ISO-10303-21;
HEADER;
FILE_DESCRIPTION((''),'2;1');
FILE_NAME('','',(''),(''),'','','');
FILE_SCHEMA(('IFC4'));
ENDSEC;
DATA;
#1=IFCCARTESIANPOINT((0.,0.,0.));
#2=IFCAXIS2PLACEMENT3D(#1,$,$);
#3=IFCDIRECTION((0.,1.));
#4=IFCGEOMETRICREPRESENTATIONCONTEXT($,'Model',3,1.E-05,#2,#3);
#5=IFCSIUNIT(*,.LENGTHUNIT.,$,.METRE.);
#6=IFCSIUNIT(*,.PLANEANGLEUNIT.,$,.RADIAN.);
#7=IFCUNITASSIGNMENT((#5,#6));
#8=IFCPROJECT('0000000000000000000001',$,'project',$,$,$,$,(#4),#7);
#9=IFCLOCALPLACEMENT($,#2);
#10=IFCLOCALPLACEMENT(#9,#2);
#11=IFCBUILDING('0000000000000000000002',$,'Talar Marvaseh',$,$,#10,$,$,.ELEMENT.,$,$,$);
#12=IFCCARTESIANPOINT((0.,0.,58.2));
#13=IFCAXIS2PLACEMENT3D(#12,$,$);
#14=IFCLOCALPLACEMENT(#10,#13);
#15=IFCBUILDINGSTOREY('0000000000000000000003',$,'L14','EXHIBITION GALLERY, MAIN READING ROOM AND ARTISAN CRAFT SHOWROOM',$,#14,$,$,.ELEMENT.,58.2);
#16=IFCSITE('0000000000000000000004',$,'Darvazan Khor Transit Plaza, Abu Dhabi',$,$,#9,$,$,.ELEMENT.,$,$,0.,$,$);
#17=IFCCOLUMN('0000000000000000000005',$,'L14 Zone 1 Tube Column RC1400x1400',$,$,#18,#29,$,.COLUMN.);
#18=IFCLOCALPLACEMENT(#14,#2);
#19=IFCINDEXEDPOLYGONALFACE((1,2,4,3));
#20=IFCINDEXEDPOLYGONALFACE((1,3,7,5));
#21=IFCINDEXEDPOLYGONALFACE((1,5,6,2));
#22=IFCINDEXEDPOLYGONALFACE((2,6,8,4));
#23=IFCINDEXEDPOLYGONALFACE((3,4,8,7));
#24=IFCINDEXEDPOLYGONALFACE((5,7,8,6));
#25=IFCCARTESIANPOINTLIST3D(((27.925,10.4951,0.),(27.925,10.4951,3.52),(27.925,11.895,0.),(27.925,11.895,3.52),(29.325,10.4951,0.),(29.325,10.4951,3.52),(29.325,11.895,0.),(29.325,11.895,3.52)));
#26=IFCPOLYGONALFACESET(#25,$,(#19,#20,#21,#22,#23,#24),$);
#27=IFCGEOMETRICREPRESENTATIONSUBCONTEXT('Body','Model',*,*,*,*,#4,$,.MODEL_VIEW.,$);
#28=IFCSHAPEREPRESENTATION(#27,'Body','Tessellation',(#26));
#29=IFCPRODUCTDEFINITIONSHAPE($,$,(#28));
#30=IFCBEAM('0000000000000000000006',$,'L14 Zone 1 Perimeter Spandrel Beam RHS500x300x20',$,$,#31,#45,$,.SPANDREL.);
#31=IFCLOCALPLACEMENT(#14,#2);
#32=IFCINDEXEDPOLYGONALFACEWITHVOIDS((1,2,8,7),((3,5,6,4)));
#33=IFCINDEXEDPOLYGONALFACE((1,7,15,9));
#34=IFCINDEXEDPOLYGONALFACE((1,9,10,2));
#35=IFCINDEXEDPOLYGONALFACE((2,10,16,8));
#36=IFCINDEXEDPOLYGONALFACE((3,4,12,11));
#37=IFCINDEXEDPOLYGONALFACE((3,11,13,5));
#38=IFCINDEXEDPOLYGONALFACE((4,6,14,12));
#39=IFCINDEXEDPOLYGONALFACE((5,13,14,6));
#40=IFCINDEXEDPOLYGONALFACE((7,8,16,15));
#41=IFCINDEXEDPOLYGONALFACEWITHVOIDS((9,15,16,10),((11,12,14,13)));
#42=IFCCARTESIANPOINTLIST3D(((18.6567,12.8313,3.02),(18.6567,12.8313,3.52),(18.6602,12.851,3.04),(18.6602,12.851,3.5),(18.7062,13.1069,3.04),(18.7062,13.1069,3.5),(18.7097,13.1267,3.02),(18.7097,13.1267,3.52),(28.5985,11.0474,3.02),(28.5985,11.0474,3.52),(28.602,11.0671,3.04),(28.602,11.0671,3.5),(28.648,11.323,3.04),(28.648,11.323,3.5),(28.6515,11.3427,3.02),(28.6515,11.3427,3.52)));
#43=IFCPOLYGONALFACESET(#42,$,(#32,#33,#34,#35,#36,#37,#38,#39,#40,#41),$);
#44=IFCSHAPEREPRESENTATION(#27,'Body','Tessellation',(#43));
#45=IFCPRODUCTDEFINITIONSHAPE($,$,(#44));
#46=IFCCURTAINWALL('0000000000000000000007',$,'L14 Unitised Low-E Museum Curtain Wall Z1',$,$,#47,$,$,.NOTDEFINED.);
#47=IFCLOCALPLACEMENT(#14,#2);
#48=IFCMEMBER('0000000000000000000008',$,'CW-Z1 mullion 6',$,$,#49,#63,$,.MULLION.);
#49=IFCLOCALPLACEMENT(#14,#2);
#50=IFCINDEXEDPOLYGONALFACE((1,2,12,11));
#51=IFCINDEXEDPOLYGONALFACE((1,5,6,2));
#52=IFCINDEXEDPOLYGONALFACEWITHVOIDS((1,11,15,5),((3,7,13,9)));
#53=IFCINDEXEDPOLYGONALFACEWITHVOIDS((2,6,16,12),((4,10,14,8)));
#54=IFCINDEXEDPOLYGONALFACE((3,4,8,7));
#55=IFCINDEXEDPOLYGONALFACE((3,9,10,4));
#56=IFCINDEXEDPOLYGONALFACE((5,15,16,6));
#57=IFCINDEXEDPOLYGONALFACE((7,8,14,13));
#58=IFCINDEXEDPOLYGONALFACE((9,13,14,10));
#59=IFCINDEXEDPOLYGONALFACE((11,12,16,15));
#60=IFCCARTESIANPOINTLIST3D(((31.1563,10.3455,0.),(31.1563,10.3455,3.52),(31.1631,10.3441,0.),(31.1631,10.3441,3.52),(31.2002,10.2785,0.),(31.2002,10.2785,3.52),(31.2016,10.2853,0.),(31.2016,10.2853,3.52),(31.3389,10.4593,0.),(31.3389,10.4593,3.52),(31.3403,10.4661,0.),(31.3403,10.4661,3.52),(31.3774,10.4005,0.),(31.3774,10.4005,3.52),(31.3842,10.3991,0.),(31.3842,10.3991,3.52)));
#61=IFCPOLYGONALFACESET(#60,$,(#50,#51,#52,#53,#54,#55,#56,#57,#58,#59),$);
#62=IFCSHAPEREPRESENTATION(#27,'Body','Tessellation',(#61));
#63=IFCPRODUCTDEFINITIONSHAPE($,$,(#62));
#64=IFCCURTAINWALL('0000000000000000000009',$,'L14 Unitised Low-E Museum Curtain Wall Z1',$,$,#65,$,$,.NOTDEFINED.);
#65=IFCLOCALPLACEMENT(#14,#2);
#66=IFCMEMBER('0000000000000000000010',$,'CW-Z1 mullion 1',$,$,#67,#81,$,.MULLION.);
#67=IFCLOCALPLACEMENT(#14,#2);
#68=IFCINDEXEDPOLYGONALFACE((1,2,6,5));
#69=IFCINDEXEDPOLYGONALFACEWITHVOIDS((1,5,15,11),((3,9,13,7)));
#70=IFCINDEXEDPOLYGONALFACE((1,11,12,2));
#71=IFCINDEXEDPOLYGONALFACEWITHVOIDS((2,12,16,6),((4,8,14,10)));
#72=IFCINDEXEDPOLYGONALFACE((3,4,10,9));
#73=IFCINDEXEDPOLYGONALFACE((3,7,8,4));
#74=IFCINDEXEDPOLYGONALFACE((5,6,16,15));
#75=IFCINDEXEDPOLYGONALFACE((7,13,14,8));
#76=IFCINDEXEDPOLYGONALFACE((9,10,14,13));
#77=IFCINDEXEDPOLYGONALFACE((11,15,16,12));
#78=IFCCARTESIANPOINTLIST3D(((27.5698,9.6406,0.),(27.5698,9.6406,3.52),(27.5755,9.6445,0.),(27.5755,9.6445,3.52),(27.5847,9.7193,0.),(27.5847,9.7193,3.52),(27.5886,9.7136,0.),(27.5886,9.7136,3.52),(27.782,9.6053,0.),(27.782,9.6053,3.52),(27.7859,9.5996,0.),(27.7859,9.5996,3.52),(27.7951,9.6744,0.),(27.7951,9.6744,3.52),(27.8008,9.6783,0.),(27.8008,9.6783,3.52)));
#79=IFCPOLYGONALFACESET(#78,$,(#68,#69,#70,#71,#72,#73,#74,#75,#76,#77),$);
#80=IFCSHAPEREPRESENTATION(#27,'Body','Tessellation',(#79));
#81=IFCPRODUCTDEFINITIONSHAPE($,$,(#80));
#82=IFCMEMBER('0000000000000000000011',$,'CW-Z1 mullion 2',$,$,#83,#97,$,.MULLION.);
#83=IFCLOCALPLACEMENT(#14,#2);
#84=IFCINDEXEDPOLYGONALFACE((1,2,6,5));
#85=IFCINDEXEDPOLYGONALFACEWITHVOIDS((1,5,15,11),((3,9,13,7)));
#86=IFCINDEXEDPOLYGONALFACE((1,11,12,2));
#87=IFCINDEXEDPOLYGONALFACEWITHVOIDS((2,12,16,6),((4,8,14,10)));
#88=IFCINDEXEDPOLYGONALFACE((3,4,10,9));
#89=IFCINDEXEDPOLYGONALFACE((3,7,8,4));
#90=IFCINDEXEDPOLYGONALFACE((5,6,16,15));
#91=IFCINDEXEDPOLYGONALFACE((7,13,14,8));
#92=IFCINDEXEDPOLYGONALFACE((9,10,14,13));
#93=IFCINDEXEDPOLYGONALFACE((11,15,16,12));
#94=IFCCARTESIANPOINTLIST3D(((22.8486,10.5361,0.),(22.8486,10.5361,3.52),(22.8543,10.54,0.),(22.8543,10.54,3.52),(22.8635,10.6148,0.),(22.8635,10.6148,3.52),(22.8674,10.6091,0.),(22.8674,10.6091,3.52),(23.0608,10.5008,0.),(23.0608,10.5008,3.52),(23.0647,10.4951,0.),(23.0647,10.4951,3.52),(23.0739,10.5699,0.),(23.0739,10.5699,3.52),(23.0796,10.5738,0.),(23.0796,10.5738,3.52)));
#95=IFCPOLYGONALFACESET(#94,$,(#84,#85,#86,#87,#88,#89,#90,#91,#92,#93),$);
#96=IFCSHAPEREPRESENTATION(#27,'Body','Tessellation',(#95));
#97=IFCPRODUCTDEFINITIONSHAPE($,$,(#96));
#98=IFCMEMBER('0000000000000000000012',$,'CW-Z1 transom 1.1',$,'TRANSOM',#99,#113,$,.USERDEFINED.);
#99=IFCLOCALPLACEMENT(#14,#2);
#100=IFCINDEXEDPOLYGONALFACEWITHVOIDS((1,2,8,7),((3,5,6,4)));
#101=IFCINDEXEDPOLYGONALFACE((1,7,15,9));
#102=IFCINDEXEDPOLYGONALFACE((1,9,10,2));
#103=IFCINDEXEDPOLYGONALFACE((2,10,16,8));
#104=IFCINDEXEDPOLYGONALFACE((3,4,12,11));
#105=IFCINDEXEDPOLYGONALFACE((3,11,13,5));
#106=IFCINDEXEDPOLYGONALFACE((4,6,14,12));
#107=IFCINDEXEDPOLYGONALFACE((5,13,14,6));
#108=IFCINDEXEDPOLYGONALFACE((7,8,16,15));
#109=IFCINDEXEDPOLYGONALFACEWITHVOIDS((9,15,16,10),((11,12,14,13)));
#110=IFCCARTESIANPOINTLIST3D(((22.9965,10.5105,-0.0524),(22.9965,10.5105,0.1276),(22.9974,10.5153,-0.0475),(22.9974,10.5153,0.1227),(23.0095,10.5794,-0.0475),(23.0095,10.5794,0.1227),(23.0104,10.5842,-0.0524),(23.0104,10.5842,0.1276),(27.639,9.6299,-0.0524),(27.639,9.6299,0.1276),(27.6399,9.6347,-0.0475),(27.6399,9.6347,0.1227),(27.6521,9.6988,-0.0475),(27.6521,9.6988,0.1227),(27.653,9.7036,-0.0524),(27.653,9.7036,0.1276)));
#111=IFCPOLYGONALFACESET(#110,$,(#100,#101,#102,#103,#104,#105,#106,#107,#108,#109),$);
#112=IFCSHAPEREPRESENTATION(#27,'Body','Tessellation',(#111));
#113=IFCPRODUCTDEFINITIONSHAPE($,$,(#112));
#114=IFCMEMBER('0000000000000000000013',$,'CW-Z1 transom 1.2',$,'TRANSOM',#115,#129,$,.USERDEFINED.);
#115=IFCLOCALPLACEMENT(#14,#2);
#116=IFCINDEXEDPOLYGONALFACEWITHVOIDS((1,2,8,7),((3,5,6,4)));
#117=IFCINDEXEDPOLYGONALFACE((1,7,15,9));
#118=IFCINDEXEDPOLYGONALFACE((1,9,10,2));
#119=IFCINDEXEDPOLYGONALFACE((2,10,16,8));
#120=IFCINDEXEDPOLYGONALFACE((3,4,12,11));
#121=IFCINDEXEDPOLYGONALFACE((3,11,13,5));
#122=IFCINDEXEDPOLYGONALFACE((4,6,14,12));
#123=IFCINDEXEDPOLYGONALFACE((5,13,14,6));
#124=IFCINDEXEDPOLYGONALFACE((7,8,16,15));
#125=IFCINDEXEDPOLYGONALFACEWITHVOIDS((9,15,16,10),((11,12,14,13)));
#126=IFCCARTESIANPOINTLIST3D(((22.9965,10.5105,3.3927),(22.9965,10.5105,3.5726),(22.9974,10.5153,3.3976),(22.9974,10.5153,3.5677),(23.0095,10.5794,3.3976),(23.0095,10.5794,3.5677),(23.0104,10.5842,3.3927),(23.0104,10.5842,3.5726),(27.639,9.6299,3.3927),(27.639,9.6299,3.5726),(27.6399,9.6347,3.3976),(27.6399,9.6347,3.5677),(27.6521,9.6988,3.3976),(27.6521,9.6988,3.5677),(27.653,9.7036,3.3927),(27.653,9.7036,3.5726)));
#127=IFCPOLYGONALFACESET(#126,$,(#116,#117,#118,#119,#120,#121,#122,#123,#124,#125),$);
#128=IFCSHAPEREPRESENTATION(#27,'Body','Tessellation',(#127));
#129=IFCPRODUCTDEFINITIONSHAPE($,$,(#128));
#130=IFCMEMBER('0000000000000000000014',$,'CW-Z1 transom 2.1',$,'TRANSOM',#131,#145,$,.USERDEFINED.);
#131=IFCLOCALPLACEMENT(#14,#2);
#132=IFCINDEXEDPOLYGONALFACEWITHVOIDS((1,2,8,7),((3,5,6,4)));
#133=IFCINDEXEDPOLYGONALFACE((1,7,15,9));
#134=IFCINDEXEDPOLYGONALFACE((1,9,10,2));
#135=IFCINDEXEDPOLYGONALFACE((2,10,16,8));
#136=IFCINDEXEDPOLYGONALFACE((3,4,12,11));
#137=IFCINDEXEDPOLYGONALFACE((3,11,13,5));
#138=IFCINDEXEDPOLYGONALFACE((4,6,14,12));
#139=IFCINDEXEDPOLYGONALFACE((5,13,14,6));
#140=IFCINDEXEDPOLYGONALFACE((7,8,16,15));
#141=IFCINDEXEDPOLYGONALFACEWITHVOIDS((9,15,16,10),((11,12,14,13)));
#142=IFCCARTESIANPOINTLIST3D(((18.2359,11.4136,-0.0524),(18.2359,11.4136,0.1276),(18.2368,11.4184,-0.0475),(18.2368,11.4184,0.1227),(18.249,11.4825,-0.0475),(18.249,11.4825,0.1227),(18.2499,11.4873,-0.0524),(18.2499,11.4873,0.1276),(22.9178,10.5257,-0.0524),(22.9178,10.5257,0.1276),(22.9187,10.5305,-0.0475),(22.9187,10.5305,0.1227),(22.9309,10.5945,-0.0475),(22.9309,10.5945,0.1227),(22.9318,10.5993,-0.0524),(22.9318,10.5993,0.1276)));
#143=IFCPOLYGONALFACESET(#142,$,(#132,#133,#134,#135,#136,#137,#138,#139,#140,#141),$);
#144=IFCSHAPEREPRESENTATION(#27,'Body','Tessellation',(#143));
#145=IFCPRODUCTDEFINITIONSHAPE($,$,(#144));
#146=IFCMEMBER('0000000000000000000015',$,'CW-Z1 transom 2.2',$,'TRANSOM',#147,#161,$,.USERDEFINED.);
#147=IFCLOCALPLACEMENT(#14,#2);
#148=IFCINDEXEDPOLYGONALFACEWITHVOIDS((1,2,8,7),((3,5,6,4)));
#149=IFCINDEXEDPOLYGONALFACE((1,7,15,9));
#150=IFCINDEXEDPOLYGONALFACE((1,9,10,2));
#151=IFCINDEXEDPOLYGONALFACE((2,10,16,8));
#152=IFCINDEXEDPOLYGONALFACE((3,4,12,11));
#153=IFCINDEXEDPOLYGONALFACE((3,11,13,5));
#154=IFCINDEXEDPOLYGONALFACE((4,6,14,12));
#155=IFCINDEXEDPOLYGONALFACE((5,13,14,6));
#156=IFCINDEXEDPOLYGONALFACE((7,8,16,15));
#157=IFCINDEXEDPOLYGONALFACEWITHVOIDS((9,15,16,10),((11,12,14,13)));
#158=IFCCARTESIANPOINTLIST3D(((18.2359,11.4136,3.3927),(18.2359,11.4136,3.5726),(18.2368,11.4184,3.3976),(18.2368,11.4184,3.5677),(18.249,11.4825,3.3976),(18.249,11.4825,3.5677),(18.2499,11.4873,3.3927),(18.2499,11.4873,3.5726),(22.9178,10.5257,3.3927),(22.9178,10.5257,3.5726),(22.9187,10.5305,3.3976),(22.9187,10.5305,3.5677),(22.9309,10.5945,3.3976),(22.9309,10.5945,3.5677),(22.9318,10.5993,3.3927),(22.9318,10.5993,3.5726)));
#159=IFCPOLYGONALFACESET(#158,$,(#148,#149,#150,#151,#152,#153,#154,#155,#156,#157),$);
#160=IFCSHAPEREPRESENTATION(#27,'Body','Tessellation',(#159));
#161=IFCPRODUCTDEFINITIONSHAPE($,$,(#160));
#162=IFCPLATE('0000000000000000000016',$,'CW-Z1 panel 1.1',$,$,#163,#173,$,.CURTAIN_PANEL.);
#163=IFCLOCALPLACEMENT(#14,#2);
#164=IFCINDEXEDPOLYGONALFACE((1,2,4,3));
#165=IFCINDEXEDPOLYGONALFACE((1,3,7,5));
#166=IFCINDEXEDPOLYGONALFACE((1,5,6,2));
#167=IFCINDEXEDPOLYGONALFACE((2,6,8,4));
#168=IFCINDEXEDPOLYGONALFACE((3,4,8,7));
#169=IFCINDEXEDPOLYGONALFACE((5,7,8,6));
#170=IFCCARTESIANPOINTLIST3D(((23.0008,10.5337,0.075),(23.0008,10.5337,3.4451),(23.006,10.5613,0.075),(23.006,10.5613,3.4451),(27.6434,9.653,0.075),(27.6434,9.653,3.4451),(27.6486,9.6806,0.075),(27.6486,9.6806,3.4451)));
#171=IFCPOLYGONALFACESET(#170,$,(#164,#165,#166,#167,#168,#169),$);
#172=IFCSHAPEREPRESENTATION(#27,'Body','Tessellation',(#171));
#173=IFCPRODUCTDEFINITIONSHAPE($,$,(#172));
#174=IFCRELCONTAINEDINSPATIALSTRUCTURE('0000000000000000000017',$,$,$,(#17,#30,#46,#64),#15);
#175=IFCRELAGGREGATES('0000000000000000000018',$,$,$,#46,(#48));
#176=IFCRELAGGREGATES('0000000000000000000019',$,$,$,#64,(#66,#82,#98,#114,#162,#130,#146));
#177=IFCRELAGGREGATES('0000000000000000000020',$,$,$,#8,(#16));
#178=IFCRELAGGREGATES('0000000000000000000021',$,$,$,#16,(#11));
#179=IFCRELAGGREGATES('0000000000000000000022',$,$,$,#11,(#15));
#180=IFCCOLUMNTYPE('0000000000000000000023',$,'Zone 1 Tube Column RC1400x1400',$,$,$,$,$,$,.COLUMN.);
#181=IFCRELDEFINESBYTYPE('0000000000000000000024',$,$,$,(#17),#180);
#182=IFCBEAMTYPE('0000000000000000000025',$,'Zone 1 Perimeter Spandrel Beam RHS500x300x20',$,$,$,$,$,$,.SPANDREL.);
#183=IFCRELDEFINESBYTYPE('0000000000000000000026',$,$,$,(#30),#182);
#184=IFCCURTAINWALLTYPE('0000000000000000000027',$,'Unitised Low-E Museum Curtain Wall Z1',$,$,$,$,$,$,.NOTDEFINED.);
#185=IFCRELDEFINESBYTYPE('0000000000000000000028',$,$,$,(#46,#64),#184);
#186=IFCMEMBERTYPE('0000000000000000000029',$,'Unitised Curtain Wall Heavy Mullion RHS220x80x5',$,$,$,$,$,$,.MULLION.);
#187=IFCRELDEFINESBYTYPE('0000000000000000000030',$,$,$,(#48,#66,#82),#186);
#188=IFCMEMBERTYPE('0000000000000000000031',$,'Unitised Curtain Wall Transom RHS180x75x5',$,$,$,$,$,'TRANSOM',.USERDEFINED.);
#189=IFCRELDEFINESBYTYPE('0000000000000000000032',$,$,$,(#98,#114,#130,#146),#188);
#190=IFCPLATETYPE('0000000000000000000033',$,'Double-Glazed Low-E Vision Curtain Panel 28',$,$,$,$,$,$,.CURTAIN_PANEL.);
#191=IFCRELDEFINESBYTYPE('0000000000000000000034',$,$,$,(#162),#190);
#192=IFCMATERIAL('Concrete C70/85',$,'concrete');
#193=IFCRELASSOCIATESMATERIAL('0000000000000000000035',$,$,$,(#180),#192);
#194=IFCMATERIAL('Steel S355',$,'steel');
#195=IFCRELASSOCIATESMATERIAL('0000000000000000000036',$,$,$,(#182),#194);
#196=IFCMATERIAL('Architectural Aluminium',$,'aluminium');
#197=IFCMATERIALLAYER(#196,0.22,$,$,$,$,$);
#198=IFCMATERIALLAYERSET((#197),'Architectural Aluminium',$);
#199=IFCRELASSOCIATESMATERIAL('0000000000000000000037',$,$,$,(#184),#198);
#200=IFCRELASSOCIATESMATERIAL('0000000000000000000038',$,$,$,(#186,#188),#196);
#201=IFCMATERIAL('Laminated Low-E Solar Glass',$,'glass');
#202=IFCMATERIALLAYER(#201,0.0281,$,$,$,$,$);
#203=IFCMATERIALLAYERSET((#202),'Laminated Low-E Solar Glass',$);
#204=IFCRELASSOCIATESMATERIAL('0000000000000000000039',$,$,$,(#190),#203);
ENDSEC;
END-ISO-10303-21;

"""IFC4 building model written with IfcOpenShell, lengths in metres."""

from ifc_helpers import new_model, si_unit, direction, frame, origin, origin_2d, place, context, subcontext, project, spatial, rectangle, hollow_rectangle, extrude, source, transform, mapped, material, layer, layer_set, material_profile, profile_set, type_object, type_shapes, element, aggregate, save


model = new_model("IFC4")

# Units and contexts
model_context = context("Model", 3, precision=1e-05, world=origin(), true_north=direction((0.0, 1.0)))
body_context = subcontext(model_context, "Body", "Model", "MODEL_VIEW")
ifc_project = project(units=[si_unit("LENGTHUNIT", "METRE"), si_unit("PLANEANGLEUNIT", "RADIAN")], contexts=[model_context])

# Site, building, storey
site_placement = place(None, origin())
site = spatial("IfcSite", under=ifc_project, at=site_placement, Name="Darvazan Khor Transit Plaza, Abu Dhabi", CompositionType="ELEMENT", RefElevation=0.0)
building_placement = place(site_placement, origin())
building = spatial("IfcBuilding", under=site, at=building_placement, Name="Talar Marvaseh", CompositionType="ELEMENT")
storey_placement = place(building_placement, frame((0.0, 0.0, 58.2)))
storey = spatial("IfcBuildingStorey", under=building, at=storey_placement, Name="L14", Description="EXHIBITION GALLERY, MAIN READING ROOM AND ARTISAN CRAFT SHOWROOM", CompositionType="ELEMENT", Elevation=58.2)

# Column
ifc_material_1 = material(Name="Concrete C70/85", Category="concrete")
ifc_material_profile_1 = material_profile(ifc_material_1, rectangle(XDim=1.3999, YDim=1.3999, at=origin_2d()), Name="RC1400x1400")
ifc_profile_set_1 = profile_set([ifc_material_profile_1], Name="Concrete C70/85")
column_type = type_object("IfcColumnType", Name="Zone 1 Tube Column RC1400x1400", PredefinedType="COLUMN", material=ifc_profile_set_1)
column_placement = place(storey_placement, frame((28.625, 11.1951, 0.0), z_axis=(0.0, 0.0, 1.0), x_axis=(1.0, 0.0, 0.0)))
element("IfcColumn", 1, at=column_placement, inside=storey, type_object=column_type, Name="L14 Zone 1 Tube Column RC1400x1400", PredefinedType="COLUMN", context=body_context, shape_type="SweptSolid", body=[
    extrude(rectangle(XDim=1.3999, YDim=1.3999, at=origin_2d()), origin(), (0.0, 0.0, 1.0), 3.52),
])

# Beam
ifc_material_2 = material(Name="Steel S355", Category="steel")
ifc_material_profile_2 = material_profile(ifc_material_2, hollow_rectangle(XDim=0.3, YDim=0.5, WallThickness=0.02, at=origin_2d()), Name="RHS500x300x20")
ifc_profile_set_2 = profile_set([ifc_material_profile_2], Name="Steel S355")
beam_type = type_object("IfcBeamType", Name="Zone 1 Perimeter Spandrel Beam RHS500x300x20", PredefinedType="SPANDREL", material=ifc_profile_set_2)
beam_placement = place(storey_placement, frame((28.625, 11.1951, 3.27), z_axis=(-0.98428, 0.176615, 0.0), x_axis=(-0.176615, -0.98428, 0.0)))
element("IfcBeam", 2, at=beam_placement, inside=storey, type_object=beam_type, Name="L14 Zone 1 Perimeter Spandrel Beam RHS500x300x20", PredefinedType="SPANDREL", context=body_context, shape_type="SweptSolid", body=[
    extrude(hollow_rectangle(XDim=0.3, YDim=0.5, WallThickness=0.02, at=origin_2d()), origin(), (0.0, 0.0, 1.0), 10.1006),
])

# Curtain wall, member
ifc_material_3 = material(Name="Architectural Aluminium", Category="aluminium")
ifc_layer_1 = layer(ifc_material_3, 0.22)
ifc_layer_set_1 = layer_set([ifc_layer_1], Name="Architectural Aluminium")
curtain_wall_type = type_object("IfcCurtainWallType", Name="Unitised Low-E Museum Curtain Wall Z1", PredefinedType="NOTDEFINED", material=ifc_layer_set_1)
curtain_wall_1_placement = place(storey_placement, origin())
curtain_wall_1 = element("IfcCurtainWall", 3, at=curtain_wall_1_placement, inside=storey, type_object=curtain_wall_type, Name="L14 Unitised Low-E Museum Curtain Wall Z1", PredefinedType="NOTDEFINED")
ifc_material_profile_3 = material_profile(ifc_material_3, hollow_rectangle(XDim=0.0801, YDim=0.22, WallThickness=0.0049, at=origin_2d()), Name="RHS220x80x5")
ifc_profile_set_3 = profile_set([ifc_material_profile_3], Name="Architectural Aluminium")
member_type_1 = type_object("IfcMemberType", Name="Unitised Curtain Wall Heavy Mullion RHS220x80x5", PredefinedType="MULLION", material=ifc_profile_set_3)
shared_shape_1 = source(origin(), body_context, "Body", "SweptSolid", [
    extrude(hollow_rectangle(XDim=0.0801, YDim=0.22, WallThickness=0.0049, at=origin_2d()), origin(), (0.0, 0.0, 1.0), 3.52),
])
type_shapes(member_type_1, [shared_shape_1])
member_1_placement = place(storey_placement, frame((31.2703, 10.3723, 0.0), z_axis=(0.0, 0.0, 1.0), x_axis=(0.548164, -0.836371, 0.0)))
member_1 = element("IfcMember", 4, at=member_1_placement, type_object=member_type_1, Name="CW-Z1 mullion 6", PredefinedType="MULLION", context=body_context, shape_type="MappedRepresentation", body=[
    mapped(shared_shape_1, transform((0.0, 0.0, 0.0), x_axis=(1.0, 0.0, 0.0), y_axis=(0.0, 1.0, 0.0), z_axis=(0.0, 0.0, 1.0), scale=1.0)),
])
aggregate(curtain_wall_1, [member_1])

# Curtain wall, members, plate
curtain_wall_2_placement = place(storey_placement, origin())
curtain_wall_2 = element("IfcCurtainWall", 5, at=curtain_wall_2_placement, inside=storey, type_object=curtain_wall_type, Name="L14 Unitised Low-E Museum Curtain Wall Z1", PredefinedType="NOTDEFINED")
member_2_placement = place(storey_placement, frame((27.6853, 9.6594, 0.0), z_axis=(0.0, 0.0, 1.0), x_axis=(-0.186373, -0.982479, 0.0)))
member_2 = element("IfcMember", 6, at=member_2_placement, type_object=member_type_1, Name="CW-Z1 mullion 1", PredefinedType="MULLION", context=body_context, shape_type="MappedRepresentation", body=[
    mapped(shared_shape_1, transform((0.0, 0.0, 0.0), x_axis=(1.0, 0.0, 0.0), y_axis=(0.0, 1.0, 0.0), z_axis=(0.0, 0.0, 1.0), scale=1.0)),
])
member_3_placement = place(storey_placement, frame((22.9641, 10.5549, 0.0), z_axis=(0.0, 0.0, 1.0), x_axis=(-0.186373, -0.982479, 0.0)))
member_3 = element("IfcMember", 7, at=member_3_placement, type_object=member_type_1, Name="CW-Z1 mullion 2", PredefinedType="MULLION", context=body_context, shape_type="MappedRepresentation", body=[
    mapped(shared_shape_1, transform((0.0, 0.0, 0.0), x_axis=(1.0, 0.0, 0.0), y_axis=(0.0, 1.0, 0.0), z_axis=(0.0, 0.0, 1.0), scale=1.0)),
])
ifc_material_profile_4 = material_profile(ifc_material_3, hollow_rectangle(XDim=0.075, YDim=0.1799, WallThickness=0.0049, at=origin_2d()), Name="RHS180x75x5")
ifc_profile_set_4 = profile_set([ifc_material_profile_4], Name="Architectural Aluminium")
member_type_2 = type_object("IfcMemberType", Name="Unitised Curtain Wall Transom RHS180x75x5", ElementType="TRANSOM", PredefinedType="USERDEFINED", material=ifc_profile_set_4)
shared_shape_2 = source(origin(), body_context, "Body", "SweptSolid", [
    extrude(hollow_rectangle(XDim=0.075, YDim=0.1799, WallThickness=0.0049, at=origin_2d()), origin(), (0.0, 0.0, 1.0), 4.7253),
])
member_4_placement = place(storey_placement, frame((27.646, 9.6667, 0.0376), z_axis=(-0.982482, 0.186359, 0.0), x_axis=(-0.186359, -0.982482, 0.0)))
member_4 = element("IfcMember", 8, at=member_4_placement, type_object=member_type_2, Name="CW-Z1 transom 1.1", ObjectType="TRANSOM", PredefinedType="USERDEFINED", context=body_context, shape_type="MappedRepresentation", body=[
    mapped(shared_shape_2, transform((0.0, 0.0, 0.0), x_axis=(1.0, 0.0, 0.0), y_axis=(0.0, 1.0, 0.0), z_axis=(0.0, 0.0, 1.0), scale=1.0)),
])
member_5_placement = place(storey_placement, frame((27.646, 9.6667, 3.4827), z_axis=(-0.982482, 0.186359, 0.0), x_axis=(-0.186359, -0.982482, 0.0)))
member_5 = element("IfcMember", 9, at=member_5_placement, type_object=member_type_2, Name="CW-Z1 transom 1.2", ObjectType="TRANSOM", PredefinedType="USERDEFINED", context=body_context, shape_type="MappedRepresentation", body=[
    mapped(shared_shape_2, transform((0.0, 0.0, 0.0), x_axis=(1.0, 0.0, 0.0), y_axis=(0.0, 1.0, 0.0), z_axis=(0.0, 0.0, 1.0), scale=1.0)),
])
shared_shape_3 = source(origin(), body_context, "Body", "SweptSolid", [
    extrude(hollow_rectangle(XDim=0.075, YDim=0.1799, WallThickness=0.0049, at=origin_2d()), origin(), (0.0, 0.0, 1.0), 4.7654),
])
type_shapes(member_type_2, [shared_shape_2, shared_shape_3])
member_6_placement = place(storey_placement, frame((22.9248, 10.5625, 0.0376), z_axis=(-0.982487, 0.186333, 0.0), x_axis=(-0.186333, -0.982487, 0.0)))
member_6 = element("IfcMember", 10, at=member_6_placement, type_object=member_type_2, Name="CW-Z1 transom 2.1", ObjectType="TRANSOM", PredefinedType="USERDEFINED", context=body_context, shape_type="MappedRepresentation", body=[
    mapped(shared_shape_3, transform((0.0, 0.0, 0.0), x_axis=(1.0, 0.0, 0.0), y_axis=(0.0, 1.0, 0.0), z_axis=(0.0, 0.0, 1.0), scale=1.0)),
])
member_7_placement = place(storey_placement, frame((22.9248, 10.5625, 3.4827), z_axis=(-0.982487, 0.186333, 0.0), x_axis=(-0.186333, -0.982487, 0.0)))
member_7 = element("IfcMember", 11, at=member_7_placement, type_object=member_type_2, Name="CW-Z1 transom 2.2", ObjectType="TRANSOM", PredefinedType="USERDEFINED", context=body_context, shape_type="MappedRepresentation", body=[
    mapped(shared_shape_3, transform((0.0, 0.0, 0.0), x_axis=(1.0, 0.0, 0.0), y_axis=(0.0, 1.0, 0.0), z_axis=(0.0, 0.0, 1.0), scale=1.0)),
])
ifc_material_4 = material(Name="Laminated Low-E Solar Glass", Category="glass")
ifc_layer_2 = layer(ifc_material_4, 0.0281)
ifc_layer_set_2 = layer_set([ifc_layer_2], Name="Laminated Low-E Solar Glass")
plate_type = type_object("IfcPlateType", Name="Double-Glazed Low-E Vision Curtain Panel 28", PredefinedType="CURTAIN_PANEL", material=ifc_layer_set_2)
shared_shape_4 = source(origin(), body_context, "Body", "SweptSolid", [
    extrude(rectangle(XDim=4.7253, YDim=0.0281, at=origin_2d()), origin(), (0.0, 0.0, 1.0), 3.3701),
])
plate_1_placement = place(storey_placement, frame((25.3247, 10.1072, 0.075), z_axis=(0.0, 0.0, 1.0), x_axis=(-0.982479, 0.186373, 0.0)))
plate_1 = element("IfcPlate", 12, at=plate_1_placement, type_object=plate_type, Name="CW-Z1 panel 1.1", PredefinedType="CURTAIN_PANEL", context=body_context, shape_type="MappedRepresentation", body=[
    mapped(shared_shape_4, transform((0.0, 0.0, 0.0), x_axis=(1.0, 0.0, 0.0), y_axis=(0.0, 1.0, 0.0), z_axis=(0.0, 0.0, 1.0), scale=1.0)),
])
aggregate(curtain_wall_2, [member_2, member_3, member_4, member_5, plate_1, member_6, member_7])

save(model, "model.ifc")
